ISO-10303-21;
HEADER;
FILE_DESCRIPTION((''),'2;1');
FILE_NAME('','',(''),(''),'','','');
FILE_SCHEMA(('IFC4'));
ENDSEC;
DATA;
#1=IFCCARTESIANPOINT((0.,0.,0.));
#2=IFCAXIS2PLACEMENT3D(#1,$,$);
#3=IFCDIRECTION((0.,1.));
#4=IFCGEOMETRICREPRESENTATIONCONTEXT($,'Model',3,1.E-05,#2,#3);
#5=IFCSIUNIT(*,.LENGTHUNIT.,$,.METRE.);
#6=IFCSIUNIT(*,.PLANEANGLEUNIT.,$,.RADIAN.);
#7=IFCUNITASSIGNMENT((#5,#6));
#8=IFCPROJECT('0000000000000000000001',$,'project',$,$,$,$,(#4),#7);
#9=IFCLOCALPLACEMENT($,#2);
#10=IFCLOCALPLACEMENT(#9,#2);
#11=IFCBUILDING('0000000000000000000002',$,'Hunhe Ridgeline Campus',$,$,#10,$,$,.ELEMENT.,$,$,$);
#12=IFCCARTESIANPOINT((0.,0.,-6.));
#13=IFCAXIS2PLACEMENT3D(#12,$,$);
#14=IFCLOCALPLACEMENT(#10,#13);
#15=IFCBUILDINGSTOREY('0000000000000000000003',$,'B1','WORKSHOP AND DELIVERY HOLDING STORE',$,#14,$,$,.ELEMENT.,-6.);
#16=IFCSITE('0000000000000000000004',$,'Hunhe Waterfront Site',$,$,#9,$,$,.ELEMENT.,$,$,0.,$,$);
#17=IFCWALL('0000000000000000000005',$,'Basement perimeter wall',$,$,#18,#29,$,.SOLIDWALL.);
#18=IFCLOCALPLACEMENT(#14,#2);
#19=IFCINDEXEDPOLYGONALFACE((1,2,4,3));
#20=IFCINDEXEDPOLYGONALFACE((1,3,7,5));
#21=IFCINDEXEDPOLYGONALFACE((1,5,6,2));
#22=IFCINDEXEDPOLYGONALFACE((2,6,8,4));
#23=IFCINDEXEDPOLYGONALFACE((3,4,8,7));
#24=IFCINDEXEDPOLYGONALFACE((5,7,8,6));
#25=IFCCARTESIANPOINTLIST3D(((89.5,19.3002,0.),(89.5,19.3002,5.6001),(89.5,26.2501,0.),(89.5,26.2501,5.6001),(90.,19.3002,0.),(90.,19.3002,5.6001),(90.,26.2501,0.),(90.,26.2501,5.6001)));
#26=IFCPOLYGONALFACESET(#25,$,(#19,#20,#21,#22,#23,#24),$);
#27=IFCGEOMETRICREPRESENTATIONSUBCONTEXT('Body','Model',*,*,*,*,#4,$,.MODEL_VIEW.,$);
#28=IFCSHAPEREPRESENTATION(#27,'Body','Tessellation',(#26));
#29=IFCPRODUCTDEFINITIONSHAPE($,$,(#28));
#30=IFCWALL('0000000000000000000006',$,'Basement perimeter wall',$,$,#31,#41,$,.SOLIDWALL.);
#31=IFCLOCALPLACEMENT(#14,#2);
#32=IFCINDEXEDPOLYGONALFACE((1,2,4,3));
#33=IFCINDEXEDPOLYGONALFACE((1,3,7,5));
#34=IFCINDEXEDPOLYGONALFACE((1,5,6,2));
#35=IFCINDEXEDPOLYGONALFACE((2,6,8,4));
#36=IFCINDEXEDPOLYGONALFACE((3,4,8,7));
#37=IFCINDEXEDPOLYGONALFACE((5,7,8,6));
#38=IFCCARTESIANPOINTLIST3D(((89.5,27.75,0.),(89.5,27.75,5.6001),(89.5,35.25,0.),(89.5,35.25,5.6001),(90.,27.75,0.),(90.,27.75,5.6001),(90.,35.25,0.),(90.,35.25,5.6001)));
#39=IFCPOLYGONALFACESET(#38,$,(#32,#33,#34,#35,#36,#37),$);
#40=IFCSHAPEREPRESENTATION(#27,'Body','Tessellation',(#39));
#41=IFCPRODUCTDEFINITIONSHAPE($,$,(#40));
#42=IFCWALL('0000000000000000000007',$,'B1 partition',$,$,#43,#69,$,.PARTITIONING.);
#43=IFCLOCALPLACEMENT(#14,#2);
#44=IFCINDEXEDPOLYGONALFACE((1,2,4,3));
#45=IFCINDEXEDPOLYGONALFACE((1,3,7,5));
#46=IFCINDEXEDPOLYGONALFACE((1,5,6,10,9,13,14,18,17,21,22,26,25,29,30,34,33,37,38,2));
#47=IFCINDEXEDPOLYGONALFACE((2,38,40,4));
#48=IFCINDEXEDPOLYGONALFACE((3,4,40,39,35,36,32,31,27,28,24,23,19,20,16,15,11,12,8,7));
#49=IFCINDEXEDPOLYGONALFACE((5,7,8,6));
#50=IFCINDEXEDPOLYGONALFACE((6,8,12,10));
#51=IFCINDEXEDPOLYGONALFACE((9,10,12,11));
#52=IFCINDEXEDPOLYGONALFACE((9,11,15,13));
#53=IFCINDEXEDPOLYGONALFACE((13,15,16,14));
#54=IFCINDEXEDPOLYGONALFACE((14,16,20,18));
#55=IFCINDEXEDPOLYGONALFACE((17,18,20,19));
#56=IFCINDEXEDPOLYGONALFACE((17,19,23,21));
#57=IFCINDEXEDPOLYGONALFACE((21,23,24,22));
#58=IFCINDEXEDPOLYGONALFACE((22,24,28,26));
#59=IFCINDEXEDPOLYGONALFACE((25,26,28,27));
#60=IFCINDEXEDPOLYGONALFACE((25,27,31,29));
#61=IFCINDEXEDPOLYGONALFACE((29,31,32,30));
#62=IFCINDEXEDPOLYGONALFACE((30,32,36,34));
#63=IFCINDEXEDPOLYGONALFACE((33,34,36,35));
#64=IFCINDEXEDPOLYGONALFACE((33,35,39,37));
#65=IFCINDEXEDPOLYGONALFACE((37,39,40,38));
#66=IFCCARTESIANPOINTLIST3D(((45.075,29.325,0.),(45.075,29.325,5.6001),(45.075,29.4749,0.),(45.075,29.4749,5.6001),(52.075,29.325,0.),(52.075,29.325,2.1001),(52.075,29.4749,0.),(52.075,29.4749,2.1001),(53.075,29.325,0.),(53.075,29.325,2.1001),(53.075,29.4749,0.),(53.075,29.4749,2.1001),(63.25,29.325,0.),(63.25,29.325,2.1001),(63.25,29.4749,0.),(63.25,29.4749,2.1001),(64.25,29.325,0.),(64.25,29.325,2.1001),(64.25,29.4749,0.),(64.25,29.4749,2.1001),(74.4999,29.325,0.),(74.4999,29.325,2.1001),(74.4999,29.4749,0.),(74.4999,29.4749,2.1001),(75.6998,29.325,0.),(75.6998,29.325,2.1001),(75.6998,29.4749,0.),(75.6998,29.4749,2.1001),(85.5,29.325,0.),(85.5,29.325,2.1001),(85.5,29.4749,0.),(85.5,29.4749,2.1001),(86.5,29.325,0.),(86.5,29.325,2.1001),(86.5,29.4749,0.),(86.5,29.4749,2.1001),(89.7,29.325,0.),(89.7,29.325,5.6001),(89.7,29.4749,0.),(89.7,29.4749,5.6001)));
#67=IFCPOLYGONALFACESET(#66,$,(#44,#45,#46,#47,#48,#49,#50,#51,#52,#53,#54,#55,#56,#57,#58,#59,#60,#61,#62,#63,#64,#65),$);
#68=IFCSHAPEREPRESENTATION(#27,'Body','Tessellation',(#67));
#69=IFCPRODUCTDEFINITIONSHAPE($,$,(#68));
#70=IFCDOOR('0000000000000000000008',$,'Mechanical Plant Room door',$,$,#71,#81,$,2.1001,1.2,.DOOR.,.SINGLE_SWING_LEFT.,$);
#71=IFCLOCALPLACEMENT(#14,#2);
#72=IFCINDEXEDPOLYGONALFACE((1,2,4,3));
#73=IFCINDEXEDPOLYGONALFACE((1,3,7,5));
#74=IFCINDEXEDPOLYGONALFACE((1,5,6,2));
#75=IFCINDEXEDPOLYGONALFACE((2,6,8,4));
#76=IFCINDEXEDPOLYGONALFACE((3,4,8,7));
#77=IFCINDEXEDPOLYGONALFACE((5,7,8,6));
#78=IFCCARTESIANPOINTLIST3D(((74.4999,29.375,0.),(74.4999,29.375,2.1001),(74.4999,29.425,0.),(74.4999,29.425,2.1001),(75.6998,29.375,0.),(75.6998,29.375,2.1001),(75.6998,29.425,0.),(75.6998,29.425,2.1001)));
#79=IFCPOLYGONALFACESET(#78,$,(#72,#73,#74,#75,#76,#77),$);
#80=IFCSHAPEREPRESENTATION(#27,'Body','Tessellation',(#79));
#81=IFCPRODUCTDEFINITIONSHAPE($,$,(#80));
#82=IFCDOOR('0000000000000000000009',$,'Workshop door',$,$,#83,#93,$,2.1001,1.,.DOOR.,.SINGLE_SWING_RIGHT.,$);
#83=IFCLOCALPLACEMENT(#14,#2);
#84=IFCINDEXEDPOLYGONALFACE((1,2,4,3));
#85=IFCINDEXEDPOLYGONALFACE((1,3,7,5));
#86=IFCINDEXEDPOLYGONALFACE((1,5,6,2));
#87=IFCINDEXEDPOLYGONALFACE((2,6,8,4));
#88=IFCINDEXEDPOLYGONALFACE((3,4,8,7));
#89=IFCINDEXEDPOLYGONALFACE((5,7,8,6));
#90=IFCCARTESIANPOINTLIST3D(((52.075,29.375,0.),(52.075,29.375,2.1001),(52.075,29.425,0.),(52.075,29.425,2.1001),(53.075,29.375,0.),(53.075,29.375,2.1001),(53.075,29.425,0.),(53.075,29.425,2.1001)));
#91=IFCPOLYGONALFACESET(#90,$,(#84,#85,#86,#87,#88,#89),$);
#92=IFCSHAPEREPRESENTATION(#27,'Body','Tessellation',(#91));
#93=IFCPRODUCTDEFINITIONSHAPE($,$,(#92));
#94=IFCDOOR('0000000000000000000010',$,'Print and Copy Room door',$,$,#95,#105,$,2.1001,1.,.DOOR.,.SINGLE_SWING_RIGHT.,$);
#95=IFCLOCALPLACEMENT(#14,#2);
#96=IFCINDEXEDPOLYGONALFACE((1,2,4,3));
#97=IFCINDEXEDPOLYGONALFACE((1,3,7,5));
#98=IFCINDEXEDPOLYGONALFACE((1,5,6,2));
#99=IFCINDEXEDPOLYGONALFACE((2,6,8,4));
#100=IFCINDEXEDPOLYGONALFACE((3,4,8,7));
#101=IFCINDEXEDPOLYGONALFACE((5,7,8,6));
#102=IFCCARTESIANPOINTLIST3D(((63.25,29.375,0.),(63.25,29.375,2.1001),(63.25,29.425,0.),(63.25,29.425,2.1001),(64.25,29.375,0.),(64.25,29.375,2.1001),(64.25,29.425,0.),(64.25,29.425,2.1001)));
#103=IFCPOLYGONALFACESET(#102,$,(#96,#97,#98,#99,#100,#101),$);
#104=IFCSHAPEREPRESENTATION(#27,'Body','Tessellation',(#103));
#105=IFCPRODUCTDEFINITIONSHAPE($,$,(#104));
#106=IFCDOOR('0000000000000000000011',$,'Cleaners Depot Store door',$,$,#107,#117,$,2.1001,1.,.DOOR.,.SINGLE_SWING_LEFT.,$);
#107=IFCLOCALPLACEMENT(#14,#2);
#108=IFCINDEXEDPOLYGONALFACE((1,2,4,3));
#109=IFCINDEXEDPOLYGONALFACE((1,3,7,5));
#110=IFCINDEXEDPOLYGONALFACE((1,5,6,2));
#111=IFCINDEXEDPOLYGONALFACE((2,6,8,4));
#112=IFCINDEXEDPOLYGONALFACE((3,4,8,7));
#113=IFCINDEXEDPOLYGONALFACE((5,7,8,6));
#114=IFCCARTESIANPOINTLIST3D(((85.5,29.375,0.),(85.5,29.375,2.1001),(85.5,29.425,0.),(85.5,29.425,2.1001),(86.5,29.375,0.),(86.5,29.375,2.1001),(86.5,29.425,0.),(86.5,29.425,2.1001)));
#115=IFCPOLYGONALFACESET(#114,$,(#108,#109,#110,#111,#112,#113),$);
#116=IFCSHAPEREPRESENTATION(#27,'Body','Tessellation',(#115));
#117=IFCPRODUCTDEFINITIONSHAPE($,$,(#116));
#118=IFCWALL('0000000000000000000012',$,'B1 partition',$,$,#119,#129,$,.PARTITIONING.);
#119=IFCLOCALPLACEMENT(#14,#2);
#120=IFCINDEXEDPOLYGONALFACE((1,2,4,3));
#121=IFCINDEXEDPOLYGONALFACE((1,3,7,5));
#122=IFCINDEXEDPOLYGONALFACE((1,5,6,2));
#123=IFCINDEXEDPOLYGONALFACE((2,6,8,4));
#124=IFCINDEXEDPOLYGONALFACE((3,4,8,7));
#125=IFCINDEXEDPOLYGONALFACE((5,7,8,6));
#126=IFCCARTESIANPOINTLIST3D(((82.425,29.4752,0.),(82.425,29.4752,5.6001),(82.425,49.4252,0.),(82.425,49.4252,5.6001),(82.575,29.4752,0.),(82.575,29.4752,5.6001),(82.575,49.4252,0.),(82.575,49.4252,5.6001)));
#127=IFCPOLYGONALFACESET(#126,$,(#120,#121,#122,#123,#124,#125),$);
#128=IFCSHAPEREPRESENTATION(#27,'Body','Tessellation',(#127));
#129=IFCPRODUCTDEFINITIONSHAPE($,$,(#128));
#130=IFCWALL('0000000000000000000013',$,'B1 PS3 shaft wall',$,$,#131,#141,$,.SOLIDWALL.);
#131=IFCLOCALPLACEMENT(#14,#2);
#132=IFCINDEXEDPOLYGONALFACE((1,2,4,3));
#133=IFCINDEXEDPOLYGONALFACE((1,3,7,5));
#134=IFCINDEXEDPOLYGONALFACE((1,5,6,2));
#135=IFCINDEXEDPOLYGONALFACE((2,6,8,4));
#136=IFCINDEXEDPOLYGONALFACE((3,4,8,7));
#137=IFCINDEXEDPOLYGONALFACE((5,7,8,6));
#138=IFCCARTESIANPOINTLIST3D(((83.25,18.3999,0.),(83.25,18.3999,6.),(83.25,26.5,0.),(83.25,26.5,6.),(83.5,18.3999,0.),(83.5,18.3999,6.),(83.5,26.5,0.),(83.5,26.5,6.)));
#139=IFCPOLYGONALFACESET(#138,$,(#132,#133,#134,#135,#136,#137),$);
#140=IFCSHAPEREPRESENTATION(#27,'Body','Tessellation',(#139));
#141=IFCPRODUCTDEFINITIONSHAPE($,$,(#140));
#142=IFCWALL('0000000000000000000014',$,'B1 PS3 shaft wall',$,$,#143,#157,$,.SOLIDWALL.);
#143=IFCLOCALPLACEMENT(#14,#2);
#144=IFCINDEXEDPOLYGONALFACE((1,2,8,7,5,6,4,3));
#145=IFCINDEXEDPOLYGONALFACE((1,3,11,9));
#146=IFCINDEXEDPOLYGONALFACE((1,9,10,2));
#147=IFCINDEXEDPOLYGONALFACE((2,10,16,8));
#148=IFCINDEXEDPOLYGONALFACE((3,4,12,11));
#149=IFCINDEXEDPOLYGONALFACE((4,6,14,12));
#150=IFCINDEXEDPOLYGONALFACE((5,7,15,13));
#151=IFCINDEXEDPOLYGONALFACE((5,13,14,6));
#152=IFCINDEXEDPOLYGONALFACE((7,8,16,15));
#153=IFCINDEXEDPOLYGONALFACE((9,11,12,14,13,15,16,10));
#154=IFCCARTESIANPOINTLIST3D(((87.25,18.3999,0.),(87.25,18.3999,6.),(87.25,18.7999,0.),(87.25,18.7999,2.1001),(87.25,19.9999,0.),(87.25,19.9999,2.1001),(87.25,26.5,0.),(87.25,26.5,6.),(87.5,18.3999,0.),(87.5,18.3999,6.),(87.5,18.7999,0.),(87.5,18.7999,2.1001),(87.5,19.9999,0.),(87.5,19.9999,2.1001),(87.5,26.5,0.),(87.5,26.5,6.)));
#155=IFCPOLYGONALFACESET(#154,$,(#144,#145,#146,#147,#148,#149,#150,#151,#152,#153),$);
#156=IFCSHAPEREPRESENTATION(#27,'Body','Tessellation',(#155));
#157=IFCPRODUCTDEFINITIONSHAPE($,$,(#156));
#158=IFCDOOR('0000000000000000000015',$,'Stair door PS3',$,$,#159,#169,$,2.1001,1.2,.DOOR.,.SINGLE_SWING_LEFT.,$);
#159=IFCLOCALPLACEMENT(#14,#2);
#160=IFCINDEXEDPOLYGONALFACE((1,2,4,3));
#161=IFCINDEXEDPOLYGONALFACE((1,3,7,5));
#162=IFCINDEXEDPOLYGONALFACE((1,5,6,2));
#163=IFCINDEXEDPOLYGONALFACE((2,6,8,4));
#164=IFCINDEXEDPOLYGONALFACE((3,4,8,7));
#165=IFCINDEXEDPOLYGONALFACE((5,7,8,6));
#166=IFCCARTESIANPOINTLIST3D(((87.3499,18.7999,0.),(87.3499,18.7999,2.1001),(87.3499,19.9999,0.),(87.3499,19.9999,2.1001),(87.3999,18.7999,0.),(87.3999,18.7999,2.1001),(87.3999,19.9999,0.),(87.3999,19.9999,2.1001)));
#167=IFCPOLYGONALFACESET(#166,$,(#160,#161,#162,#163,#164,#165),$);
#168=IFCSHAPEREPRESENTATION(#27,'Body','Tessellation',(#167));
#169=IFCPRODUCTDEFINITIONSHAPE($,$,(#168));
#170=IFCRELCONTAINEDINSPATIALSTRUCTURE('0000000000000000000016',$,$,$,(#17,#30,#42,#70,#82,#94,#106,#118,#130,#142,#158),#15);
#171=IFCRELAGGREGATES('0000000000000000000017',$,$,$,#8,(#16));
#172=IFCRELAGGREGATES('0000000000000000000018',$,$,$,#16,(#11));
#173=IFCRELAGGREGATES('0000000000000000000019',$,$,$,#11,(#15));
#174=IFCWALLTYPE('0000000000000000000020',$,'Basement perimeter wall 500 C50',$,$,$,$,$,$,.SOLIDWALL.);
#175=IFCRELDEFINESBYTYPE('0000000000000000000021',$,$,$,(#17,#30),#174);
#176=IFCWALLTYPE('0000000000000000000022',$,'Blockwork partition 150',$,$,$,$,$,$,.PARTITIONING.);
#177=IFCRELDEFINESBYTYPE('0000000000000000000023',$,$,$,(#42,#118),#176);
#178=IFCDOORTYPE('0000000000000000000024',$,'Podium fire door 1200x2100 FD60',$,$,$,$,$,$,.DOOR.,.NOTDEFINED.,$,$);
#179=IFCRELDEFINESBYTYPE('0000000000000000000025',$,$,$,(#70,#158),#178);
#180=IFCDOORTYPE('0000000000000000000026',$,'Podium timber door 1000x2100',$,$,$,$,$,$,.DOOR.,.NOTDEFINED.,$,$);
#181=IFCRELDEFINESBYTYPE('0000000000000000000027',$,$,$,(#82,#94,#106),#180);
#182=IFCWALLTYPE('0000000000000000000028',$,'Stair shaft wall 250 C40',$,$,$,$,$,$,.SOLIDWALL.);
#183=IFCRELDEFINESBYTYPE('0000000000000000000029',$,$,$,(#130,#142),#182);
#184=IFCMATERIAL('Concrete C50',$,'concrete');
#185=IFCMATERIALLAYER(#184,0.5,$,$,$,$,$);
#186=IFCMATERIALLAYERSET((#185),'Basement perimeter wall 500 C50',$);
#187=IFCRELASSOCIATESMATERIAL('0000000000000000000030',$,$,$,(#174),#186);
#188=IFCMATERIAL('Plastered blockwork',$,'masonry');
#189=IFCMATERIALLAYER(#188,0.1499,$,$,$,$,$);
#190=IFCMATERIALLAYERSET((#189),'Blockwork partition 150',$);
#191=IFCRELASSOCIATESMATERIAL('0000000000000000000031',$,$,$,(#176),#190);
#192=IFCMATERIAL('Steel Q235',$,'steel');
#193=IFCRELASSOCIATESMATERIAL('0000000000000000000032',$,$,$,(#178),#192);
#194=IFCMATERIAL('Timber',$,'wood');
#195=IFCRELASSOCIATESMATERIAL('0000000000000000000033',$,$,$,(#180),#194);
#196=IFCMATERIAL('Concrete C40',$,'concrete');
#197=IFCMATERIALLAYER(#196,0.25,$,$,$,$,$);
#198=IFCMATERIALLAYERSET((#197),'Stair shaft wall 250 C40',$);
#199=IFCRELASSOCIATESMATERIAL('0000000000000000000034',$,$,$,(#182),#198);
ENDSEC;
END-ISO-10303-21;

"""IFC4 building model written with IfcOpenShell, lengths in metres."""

from ifc_helpers import new_model, si_unit, direction, frame, frame_2d, origin, place, context, subcontext, project, spatial, rectangle, extrude, material, layer, layer_set, type_object, element, fill, save


model = new_model("IFC4")

# Units and contexts
model_context = context("Model", 3, precision=1e-05, world=origin(), true_north=direction((0.0, 1.0)))
body_context = subcontext(model_context, "Body", "Model", "MODEL_VIEW")
ifc_project = project(units=[si_unit("LENGTHUNIT", "METRE"), si_unit("PLANEANGLEUNIT", "RADIAN")], contexts=[model_context])

# Site, building, storey
site_placement = place(None, origin())
site = spatial("IfcSite", under=ifc_project, at=site_placement, Name="Hunhe Waterfront Site", CompositionType="ELEMENT", RefElevation=0.0)
building_placement = place(site_placement, origin())
building = spatial("IfcBuilding", under=site, at=building_placement, Name="Hunhe Ridgeline Campus", CompositionType="ELEMENT")
storey_placement = place(building_placement, frame((0.0, 0.0, -6.0)))
storey = spatial("IfcBuildingStorey", under=building, at=storey_placement, Name="B1", Description="WORKSHOP AND DELIVERY HOLDING STORE", CompositionType="ELEMENT", Elevation=-6.0)

# Walls
ifc_material_1 = material(Name="Concrete C50", Category="concrete")
ifc_layer_1 = layer(ifc_material_1, 0.5)
ifc_layer_set_1 = layer_set([ifc_layer_1], Name="Basement perimeter wall 500 C50")
wall_type_1 = type_object("IfcWallType", Name="Basement perimeter wall 500 C50", PredefinedType="SOLIDWALL", material=ifc_layer_set_1)
wall_1_placement = place(storey_placement, frame((89.75, 19.3, 0.0), z_axis=(0.0, 0.0, 1.0), x_axis=(0.0, 1.0, 0.0)))
element("IfcWall", 1, at=wall_1_placement, inside=storey, type_object=wall_type_1, Name="Basement perimeter wall", PredefinedType="SOLIDWALL", context=body_context, shape_type="SweptSolid", body=[
    extrude(rectangle(XDim=6.95, YDim=0.5, at=frame_2d((3.4751, 0.0))), origin(), (0.0, 0.0, 1.0), 5.6001),
])
wall_2_placement = place(storey_placement, frame((89.75, 27.75, 0.0), z_axis=(0.0, 0.0, 1.0), x_axis=(0.0, 1.0, 0.0)))
element("IfcWall", 2, at=wall_2_placement, inside=storey, type_object=wall_type_1, Name="Basement perimeter wall", PredefinedType="SOLIDWALL", context=body_context, shape_type="SweptSolid", body=[
    extrude(rectangle(XDim=7.5, YDim=0.5, at=frame_2d((3.75, 0.0))), origin(), (0.0, 0.0, 1.0), 5.6001),
])

# Wall, openings, doors
ifc_material_2 = material(Name="Plastered blockwork", Category="masonry")
ifc_layer_2 = layer(ifc_material_2, 0.1499)
ifc_layer_set_2 = layer_set([ifc_layer_2], Name="Blockwork partition 150")
wall_type_2 = type_object("IfcWallType", Name="Blockwork partition 150", PredefinedType="PARTITIONING", material=ifc_layer_set_2)
wall_3_placement = place(storey_placement, frame((89.7, 29.3999, 0.0), z_axis=(0.0, 0.0, 1.0), x_axis=(-1.0, 0.0, 0.0)))
wall_3 = element("IfcWall", 3, at=wall_3_placement, inside=storey, type_object=wall_type_2, Name="B1 partition", PredefinedType="PARTITIONING", context=body_context, shape_type="SweptSolid", body=[
    extrude(rectangle(XDim=44.625, YDim=0.1499, at=frame_2d((22.3125, 0.0))), origin(), (0.0, 0.0, 1.0), 5.6001),
])
opening_1_placement = place(wall_3_placement, frame((36.625, 0.0, 0.0)))
opening_1 = element("IfcOpeningElement", 4, at=opening_1_placement, cuts=wall_3, PredefinedType="OPENING", context=body_context, shape_type="SweptSolid", body=[
    extrude(rectangle(XDim=1.0, YDim=2.1001, at=frame_2d((0.5, 1.05))), frame((0.0, 0.075, 0.0), z_axis=(0.0, -1.0, 0.0), x_axis=(1.0, 0.0, 0.0)), (0.0, 0.0, 1.0), 0.1499),
])
opening_2_placement = place(wall_3_placement, frame((25.45, 0.0, 0.0)))
opening_2 = element("IfcOpeningElement", 5, at=opening_2_placement, cuts=wall_3, PredefinedType="OPENING", context=body_context, shape_type="SweptSolid", body=[
    extrude(rectangle(XDim=1.0, YDim=2.1001, at=frame_2d((0.5, 1.05))), frame((0.0, 0.075, 0.0), z_axis=(0.0, -1.0, 0.0), x_axis=(1.0, 0.0, 0.0)), (0.0, 0.0, 1.0), 0.1499),
])
opening_3_placement = place(wall_3_placement, frame((14.0, 0.0, 0.0)))
opening_3 = element("IfcOpeningElement", 6, at=opening_3_placement, cuts=wall_3, PredefinedType="OPENING", context=body_context, shape_type="SweptSolid", body=[
    extrude(rectangle(XDim=1.2, YDim=2.1001, at=frame_2d((0.6001, 1.05))), frame((0.0, 0.075, 0.0), z_axis=(0.0, -1.0, 0.0), x_axis=(1.0, 0.0, 0.0)), (0.0, 0.0, 1.0), 0.1499),
])
opening_4_placement = place(wall_3_placement, frame((3.2, 0.0, 0.0)))
opening_4 = element("IfcOpeningElement", 7, at=opening_4_placement, cuts=wall_3, PredefinedType="OPENING", context=body_context, shape_type="SweptSolid", body=[
    extrude(rectangle(XDim=1.0, YDim=2.1001, at=frame_2d((0.5, 1.05))), frame((0.0, 0.075, 0.0), z_axis=(0.0, -1.0, 0.0), x_axis=(1.0, 0.0, 0.0)), (0.0, 0.0, 1.0), 0.1499),
])
ifc_material_3 = material(Name="Steel Q235", Category="steel")
door_type_1 = type_object("IfcDoorType", Name="Podium fire door 1200x2100 FD60", OperationType="NOTDEFINED", PredefinedType="DOOR", material=ifc_material_3)
door_1_placement = place(opening_3_placement, origin())
door_1 = element("IfcDoor", 8, at=door_1_placement, inside=storey, type_object=door_type_1, Name="Mechanical Plant Room door", OperationType="SINGLE_SWING_LEFT", OverallHeight=2.1001, OverallWidth=1.2, PredefinedType="DOOR", context=body_context, shape_type="SweptSolid", body=[
    extrude(rectangle(XDim=1.2, YDim=2.1001, at=frame_2d((0.6001, 1.05))), frame((0.0, 0.0249, 0.0), z_axis=(0.0, -1.0, 0.0), x_axis=(1.0, 0.0, 0.0)), (0.0, 0.0, 1.0), 0.05),
])
fill(opening_3, door_1)
ifc_material_4 = material(Name="Timber", Category="wood")
door_type_2 = type_object("IfcDoorType", Name="Podium timber door 1000x2100", OperationType="NOTDEFINED", PredefinedType="DOOR", material=ifc_material_4)
door_2_placement = place(opening_1_placement, origin())
door_2 = element("IfcDoor", 9, at=door_2_placement, inside=storey, type_object=door_type_2, Name="Workshop door", OperationType="SINGLE_SWING_RIGHT", OverallHeight=2.1001, OverallWidth=1.0, PredefinedType="DOOR", context=body_context, shape_type="SweptSolid", body=[
    extrude(rectangle(XDim=1.0, YDim=2.1001, at=frame_2d((0.5, 1.05))), frame((0.0, 0.0249, 0.0), z_axis=(0.0, -1.0, 0.0), x_axis=(1.0, 0.0, 0.0)), (0.0, 0.0, 1.0), 0.05),
])
fill(opening_1, door_2)
door_3_placement = place(opening_2_placement, origin())
door_3 = element("IfcDoor", 10, at=door_3_placement, inside=storey, type_object=door_type_2, Name="Print and Copy Room door", OperationType="SINGLE_SWING_RIGHT", OverallHeight=2.1001, OverallWidth=1.0, PredefinedType="DOOR", context=body_context, shape_type="SweptSolid", body=[
    extrude(rectangle(XDim=1.0, YDim=2.1001, at=frame_2d((0.5, 1.05))), frame((0.0, 0.0249, 0.0), z_axis=(0.0, -1.0, 0.0), x_axis=(1.0, 0.0, 0.0)), (0.0, 0.0, 1.0), 0.05),
])
fill(opening_2, door_3)
door_4_placement = place(opening_4_placement, origin())
door_4 = element("IfcDoor", 11, at=door_4_placement, inside=storey, type_object=door_type_2, Name="Cleaners Depot Store door", OperationType="SINGLE_SWING_LEFT", OverallHeight=2.1001, OverallWidth=1.0, PredefinedType="DOOR", context=body_context, shape_type="SweptSolid", body=[
    extrude(rectangle(XDim=1.0, YDim=2.1001, at=frame_2d((0.5, 1.05))), frame((0.0, 0.0249, 0.0), z_axis=(0.0, -1.0, 0.0), x_axis=(1.0, 0.0, 0.0)), (0.0, 0.0, 1.0), 0.05),
])
fill(opening_4, door_4)

# Walls
wall_4_placement = place(storey_placement, frame((82.5, 29.4751, 0.0), z_axis=(0.0, 0.0, 1.0), x_axis=(0.0, 1.0, 0.0)))
element("IfcWall", 12, at=wall_4_placement, inside=storey, type_object=wall_type_2, Name="B1 partition", PredefinedType="PARTITIONING", context=body_context, shape_type="SweptSolid", body=[
    extrude(rectangle(XDim=19.95, YDim=0.1499, at=frame_2d((9.9751, 0.0))), origin(), (0.0, 0.0, 1.0), 5.6001),
])
ifc_material_5 = material(Name="Concrete C40", Category="concrete")
ifc_layer_3 = layer(ifc_material_5, 0.25)
ifc_layer_set_3 = layer_set([ifc_layer_3], Name="Stair shaft wall 250 C40")
wall_type_3 = type_object("IfcWallType", Name="Stair shaft wall 250 C40", PredefinedType="SOLIDWALL", material=ifc_layer_set_3)
wall_5_placement = place(storey_placement, frame((83.375, 18.3999, 0.0), z_axis=(0.0, 0.0, 1.0), x_axis=(0.0, 1.0, 0.0)))
element("IfcWall", 13, at=wall_5_placement, inside=storey, type_object=wall_type_3, Name="B1 PS3 shaft wall", PredefinedType="SOLIDWALL", context=body_context, shape_type="SweptSolid", body=[
    extrude(rectangle(XDim=8.1001, YDim=0.25, at=frame_2d((4.05, 0.0))), origin(), (0.0, 0.0, 1.0), 6.0),
])

# Wall, opening, door
wall_6_placement = place(storey_placement, frame((87.375, 26.5, 0.0), z_axis=(0.0, 0.0, 1.0), x_axis=(0.0, -1.0, 0.0)))
wall_6 = element("IfcWall", 14, at=wall_6_placement, inside=storey, type_object=wall_type_3, Name="B1 PS3 shaft wall", PredefinedType="SOLIDWALL", context=body_context, shape_type="SweptSolid", body=[
    extrude(rectangle(XDim=8.1001, YDim=0.25, at=frame_2d((4.05, 0.0))), origin(), (0.0, 0.0, 1.0), 6.0),
])
opening_5_placement = place(wall_6_placement, frame((6.5, 0.0, 0.0)))
opening_5 = element("IfcOpeningElement", 15, at=opening_5_placement, cuts=wall_6, PredefinedType="OPENING", context=body_context, shape_type="SweptSolid", body=[
    extrude(rectangle(XDim=1.2, YDim=2.1001, at=frame_2d((0.6001, 1.05))), frame((0.0, 0.125, 0.0), z_axis=(0.0, -1.0, 0.0), x_axis=(1.0, 0.0, 0.0)), (0.0, 0.0, 1.0), 0.25),
])
door_5_placement = place(opening_5_placement, origin())
door_5 = element("IfcDoor", 16, at=door_5_placement, inside=storey, type_object=door_type_1, Name="Stair door PS3", OperationType="SINGLE_SWING_LEFT", OverallHeight=2.1001, OverallWidth=1.2, PredefinedType="DOOR", context=body_context, shape_type="SweptSolid", body=[
    extrude(rectangle(XDim=1.2, YDim=2.1001, at=frame_2d((0.6001, 1.05))), frame((0.0, 0.0249, 0.0), z_axis=(0.0, -1.0, 0.0), x_axis=(1.0, 0.0, 0.0)), (0.0, 0.0, 1.0), 0.05),
])
fill(opening_5, door_5)

save(model, "model.ifc")
